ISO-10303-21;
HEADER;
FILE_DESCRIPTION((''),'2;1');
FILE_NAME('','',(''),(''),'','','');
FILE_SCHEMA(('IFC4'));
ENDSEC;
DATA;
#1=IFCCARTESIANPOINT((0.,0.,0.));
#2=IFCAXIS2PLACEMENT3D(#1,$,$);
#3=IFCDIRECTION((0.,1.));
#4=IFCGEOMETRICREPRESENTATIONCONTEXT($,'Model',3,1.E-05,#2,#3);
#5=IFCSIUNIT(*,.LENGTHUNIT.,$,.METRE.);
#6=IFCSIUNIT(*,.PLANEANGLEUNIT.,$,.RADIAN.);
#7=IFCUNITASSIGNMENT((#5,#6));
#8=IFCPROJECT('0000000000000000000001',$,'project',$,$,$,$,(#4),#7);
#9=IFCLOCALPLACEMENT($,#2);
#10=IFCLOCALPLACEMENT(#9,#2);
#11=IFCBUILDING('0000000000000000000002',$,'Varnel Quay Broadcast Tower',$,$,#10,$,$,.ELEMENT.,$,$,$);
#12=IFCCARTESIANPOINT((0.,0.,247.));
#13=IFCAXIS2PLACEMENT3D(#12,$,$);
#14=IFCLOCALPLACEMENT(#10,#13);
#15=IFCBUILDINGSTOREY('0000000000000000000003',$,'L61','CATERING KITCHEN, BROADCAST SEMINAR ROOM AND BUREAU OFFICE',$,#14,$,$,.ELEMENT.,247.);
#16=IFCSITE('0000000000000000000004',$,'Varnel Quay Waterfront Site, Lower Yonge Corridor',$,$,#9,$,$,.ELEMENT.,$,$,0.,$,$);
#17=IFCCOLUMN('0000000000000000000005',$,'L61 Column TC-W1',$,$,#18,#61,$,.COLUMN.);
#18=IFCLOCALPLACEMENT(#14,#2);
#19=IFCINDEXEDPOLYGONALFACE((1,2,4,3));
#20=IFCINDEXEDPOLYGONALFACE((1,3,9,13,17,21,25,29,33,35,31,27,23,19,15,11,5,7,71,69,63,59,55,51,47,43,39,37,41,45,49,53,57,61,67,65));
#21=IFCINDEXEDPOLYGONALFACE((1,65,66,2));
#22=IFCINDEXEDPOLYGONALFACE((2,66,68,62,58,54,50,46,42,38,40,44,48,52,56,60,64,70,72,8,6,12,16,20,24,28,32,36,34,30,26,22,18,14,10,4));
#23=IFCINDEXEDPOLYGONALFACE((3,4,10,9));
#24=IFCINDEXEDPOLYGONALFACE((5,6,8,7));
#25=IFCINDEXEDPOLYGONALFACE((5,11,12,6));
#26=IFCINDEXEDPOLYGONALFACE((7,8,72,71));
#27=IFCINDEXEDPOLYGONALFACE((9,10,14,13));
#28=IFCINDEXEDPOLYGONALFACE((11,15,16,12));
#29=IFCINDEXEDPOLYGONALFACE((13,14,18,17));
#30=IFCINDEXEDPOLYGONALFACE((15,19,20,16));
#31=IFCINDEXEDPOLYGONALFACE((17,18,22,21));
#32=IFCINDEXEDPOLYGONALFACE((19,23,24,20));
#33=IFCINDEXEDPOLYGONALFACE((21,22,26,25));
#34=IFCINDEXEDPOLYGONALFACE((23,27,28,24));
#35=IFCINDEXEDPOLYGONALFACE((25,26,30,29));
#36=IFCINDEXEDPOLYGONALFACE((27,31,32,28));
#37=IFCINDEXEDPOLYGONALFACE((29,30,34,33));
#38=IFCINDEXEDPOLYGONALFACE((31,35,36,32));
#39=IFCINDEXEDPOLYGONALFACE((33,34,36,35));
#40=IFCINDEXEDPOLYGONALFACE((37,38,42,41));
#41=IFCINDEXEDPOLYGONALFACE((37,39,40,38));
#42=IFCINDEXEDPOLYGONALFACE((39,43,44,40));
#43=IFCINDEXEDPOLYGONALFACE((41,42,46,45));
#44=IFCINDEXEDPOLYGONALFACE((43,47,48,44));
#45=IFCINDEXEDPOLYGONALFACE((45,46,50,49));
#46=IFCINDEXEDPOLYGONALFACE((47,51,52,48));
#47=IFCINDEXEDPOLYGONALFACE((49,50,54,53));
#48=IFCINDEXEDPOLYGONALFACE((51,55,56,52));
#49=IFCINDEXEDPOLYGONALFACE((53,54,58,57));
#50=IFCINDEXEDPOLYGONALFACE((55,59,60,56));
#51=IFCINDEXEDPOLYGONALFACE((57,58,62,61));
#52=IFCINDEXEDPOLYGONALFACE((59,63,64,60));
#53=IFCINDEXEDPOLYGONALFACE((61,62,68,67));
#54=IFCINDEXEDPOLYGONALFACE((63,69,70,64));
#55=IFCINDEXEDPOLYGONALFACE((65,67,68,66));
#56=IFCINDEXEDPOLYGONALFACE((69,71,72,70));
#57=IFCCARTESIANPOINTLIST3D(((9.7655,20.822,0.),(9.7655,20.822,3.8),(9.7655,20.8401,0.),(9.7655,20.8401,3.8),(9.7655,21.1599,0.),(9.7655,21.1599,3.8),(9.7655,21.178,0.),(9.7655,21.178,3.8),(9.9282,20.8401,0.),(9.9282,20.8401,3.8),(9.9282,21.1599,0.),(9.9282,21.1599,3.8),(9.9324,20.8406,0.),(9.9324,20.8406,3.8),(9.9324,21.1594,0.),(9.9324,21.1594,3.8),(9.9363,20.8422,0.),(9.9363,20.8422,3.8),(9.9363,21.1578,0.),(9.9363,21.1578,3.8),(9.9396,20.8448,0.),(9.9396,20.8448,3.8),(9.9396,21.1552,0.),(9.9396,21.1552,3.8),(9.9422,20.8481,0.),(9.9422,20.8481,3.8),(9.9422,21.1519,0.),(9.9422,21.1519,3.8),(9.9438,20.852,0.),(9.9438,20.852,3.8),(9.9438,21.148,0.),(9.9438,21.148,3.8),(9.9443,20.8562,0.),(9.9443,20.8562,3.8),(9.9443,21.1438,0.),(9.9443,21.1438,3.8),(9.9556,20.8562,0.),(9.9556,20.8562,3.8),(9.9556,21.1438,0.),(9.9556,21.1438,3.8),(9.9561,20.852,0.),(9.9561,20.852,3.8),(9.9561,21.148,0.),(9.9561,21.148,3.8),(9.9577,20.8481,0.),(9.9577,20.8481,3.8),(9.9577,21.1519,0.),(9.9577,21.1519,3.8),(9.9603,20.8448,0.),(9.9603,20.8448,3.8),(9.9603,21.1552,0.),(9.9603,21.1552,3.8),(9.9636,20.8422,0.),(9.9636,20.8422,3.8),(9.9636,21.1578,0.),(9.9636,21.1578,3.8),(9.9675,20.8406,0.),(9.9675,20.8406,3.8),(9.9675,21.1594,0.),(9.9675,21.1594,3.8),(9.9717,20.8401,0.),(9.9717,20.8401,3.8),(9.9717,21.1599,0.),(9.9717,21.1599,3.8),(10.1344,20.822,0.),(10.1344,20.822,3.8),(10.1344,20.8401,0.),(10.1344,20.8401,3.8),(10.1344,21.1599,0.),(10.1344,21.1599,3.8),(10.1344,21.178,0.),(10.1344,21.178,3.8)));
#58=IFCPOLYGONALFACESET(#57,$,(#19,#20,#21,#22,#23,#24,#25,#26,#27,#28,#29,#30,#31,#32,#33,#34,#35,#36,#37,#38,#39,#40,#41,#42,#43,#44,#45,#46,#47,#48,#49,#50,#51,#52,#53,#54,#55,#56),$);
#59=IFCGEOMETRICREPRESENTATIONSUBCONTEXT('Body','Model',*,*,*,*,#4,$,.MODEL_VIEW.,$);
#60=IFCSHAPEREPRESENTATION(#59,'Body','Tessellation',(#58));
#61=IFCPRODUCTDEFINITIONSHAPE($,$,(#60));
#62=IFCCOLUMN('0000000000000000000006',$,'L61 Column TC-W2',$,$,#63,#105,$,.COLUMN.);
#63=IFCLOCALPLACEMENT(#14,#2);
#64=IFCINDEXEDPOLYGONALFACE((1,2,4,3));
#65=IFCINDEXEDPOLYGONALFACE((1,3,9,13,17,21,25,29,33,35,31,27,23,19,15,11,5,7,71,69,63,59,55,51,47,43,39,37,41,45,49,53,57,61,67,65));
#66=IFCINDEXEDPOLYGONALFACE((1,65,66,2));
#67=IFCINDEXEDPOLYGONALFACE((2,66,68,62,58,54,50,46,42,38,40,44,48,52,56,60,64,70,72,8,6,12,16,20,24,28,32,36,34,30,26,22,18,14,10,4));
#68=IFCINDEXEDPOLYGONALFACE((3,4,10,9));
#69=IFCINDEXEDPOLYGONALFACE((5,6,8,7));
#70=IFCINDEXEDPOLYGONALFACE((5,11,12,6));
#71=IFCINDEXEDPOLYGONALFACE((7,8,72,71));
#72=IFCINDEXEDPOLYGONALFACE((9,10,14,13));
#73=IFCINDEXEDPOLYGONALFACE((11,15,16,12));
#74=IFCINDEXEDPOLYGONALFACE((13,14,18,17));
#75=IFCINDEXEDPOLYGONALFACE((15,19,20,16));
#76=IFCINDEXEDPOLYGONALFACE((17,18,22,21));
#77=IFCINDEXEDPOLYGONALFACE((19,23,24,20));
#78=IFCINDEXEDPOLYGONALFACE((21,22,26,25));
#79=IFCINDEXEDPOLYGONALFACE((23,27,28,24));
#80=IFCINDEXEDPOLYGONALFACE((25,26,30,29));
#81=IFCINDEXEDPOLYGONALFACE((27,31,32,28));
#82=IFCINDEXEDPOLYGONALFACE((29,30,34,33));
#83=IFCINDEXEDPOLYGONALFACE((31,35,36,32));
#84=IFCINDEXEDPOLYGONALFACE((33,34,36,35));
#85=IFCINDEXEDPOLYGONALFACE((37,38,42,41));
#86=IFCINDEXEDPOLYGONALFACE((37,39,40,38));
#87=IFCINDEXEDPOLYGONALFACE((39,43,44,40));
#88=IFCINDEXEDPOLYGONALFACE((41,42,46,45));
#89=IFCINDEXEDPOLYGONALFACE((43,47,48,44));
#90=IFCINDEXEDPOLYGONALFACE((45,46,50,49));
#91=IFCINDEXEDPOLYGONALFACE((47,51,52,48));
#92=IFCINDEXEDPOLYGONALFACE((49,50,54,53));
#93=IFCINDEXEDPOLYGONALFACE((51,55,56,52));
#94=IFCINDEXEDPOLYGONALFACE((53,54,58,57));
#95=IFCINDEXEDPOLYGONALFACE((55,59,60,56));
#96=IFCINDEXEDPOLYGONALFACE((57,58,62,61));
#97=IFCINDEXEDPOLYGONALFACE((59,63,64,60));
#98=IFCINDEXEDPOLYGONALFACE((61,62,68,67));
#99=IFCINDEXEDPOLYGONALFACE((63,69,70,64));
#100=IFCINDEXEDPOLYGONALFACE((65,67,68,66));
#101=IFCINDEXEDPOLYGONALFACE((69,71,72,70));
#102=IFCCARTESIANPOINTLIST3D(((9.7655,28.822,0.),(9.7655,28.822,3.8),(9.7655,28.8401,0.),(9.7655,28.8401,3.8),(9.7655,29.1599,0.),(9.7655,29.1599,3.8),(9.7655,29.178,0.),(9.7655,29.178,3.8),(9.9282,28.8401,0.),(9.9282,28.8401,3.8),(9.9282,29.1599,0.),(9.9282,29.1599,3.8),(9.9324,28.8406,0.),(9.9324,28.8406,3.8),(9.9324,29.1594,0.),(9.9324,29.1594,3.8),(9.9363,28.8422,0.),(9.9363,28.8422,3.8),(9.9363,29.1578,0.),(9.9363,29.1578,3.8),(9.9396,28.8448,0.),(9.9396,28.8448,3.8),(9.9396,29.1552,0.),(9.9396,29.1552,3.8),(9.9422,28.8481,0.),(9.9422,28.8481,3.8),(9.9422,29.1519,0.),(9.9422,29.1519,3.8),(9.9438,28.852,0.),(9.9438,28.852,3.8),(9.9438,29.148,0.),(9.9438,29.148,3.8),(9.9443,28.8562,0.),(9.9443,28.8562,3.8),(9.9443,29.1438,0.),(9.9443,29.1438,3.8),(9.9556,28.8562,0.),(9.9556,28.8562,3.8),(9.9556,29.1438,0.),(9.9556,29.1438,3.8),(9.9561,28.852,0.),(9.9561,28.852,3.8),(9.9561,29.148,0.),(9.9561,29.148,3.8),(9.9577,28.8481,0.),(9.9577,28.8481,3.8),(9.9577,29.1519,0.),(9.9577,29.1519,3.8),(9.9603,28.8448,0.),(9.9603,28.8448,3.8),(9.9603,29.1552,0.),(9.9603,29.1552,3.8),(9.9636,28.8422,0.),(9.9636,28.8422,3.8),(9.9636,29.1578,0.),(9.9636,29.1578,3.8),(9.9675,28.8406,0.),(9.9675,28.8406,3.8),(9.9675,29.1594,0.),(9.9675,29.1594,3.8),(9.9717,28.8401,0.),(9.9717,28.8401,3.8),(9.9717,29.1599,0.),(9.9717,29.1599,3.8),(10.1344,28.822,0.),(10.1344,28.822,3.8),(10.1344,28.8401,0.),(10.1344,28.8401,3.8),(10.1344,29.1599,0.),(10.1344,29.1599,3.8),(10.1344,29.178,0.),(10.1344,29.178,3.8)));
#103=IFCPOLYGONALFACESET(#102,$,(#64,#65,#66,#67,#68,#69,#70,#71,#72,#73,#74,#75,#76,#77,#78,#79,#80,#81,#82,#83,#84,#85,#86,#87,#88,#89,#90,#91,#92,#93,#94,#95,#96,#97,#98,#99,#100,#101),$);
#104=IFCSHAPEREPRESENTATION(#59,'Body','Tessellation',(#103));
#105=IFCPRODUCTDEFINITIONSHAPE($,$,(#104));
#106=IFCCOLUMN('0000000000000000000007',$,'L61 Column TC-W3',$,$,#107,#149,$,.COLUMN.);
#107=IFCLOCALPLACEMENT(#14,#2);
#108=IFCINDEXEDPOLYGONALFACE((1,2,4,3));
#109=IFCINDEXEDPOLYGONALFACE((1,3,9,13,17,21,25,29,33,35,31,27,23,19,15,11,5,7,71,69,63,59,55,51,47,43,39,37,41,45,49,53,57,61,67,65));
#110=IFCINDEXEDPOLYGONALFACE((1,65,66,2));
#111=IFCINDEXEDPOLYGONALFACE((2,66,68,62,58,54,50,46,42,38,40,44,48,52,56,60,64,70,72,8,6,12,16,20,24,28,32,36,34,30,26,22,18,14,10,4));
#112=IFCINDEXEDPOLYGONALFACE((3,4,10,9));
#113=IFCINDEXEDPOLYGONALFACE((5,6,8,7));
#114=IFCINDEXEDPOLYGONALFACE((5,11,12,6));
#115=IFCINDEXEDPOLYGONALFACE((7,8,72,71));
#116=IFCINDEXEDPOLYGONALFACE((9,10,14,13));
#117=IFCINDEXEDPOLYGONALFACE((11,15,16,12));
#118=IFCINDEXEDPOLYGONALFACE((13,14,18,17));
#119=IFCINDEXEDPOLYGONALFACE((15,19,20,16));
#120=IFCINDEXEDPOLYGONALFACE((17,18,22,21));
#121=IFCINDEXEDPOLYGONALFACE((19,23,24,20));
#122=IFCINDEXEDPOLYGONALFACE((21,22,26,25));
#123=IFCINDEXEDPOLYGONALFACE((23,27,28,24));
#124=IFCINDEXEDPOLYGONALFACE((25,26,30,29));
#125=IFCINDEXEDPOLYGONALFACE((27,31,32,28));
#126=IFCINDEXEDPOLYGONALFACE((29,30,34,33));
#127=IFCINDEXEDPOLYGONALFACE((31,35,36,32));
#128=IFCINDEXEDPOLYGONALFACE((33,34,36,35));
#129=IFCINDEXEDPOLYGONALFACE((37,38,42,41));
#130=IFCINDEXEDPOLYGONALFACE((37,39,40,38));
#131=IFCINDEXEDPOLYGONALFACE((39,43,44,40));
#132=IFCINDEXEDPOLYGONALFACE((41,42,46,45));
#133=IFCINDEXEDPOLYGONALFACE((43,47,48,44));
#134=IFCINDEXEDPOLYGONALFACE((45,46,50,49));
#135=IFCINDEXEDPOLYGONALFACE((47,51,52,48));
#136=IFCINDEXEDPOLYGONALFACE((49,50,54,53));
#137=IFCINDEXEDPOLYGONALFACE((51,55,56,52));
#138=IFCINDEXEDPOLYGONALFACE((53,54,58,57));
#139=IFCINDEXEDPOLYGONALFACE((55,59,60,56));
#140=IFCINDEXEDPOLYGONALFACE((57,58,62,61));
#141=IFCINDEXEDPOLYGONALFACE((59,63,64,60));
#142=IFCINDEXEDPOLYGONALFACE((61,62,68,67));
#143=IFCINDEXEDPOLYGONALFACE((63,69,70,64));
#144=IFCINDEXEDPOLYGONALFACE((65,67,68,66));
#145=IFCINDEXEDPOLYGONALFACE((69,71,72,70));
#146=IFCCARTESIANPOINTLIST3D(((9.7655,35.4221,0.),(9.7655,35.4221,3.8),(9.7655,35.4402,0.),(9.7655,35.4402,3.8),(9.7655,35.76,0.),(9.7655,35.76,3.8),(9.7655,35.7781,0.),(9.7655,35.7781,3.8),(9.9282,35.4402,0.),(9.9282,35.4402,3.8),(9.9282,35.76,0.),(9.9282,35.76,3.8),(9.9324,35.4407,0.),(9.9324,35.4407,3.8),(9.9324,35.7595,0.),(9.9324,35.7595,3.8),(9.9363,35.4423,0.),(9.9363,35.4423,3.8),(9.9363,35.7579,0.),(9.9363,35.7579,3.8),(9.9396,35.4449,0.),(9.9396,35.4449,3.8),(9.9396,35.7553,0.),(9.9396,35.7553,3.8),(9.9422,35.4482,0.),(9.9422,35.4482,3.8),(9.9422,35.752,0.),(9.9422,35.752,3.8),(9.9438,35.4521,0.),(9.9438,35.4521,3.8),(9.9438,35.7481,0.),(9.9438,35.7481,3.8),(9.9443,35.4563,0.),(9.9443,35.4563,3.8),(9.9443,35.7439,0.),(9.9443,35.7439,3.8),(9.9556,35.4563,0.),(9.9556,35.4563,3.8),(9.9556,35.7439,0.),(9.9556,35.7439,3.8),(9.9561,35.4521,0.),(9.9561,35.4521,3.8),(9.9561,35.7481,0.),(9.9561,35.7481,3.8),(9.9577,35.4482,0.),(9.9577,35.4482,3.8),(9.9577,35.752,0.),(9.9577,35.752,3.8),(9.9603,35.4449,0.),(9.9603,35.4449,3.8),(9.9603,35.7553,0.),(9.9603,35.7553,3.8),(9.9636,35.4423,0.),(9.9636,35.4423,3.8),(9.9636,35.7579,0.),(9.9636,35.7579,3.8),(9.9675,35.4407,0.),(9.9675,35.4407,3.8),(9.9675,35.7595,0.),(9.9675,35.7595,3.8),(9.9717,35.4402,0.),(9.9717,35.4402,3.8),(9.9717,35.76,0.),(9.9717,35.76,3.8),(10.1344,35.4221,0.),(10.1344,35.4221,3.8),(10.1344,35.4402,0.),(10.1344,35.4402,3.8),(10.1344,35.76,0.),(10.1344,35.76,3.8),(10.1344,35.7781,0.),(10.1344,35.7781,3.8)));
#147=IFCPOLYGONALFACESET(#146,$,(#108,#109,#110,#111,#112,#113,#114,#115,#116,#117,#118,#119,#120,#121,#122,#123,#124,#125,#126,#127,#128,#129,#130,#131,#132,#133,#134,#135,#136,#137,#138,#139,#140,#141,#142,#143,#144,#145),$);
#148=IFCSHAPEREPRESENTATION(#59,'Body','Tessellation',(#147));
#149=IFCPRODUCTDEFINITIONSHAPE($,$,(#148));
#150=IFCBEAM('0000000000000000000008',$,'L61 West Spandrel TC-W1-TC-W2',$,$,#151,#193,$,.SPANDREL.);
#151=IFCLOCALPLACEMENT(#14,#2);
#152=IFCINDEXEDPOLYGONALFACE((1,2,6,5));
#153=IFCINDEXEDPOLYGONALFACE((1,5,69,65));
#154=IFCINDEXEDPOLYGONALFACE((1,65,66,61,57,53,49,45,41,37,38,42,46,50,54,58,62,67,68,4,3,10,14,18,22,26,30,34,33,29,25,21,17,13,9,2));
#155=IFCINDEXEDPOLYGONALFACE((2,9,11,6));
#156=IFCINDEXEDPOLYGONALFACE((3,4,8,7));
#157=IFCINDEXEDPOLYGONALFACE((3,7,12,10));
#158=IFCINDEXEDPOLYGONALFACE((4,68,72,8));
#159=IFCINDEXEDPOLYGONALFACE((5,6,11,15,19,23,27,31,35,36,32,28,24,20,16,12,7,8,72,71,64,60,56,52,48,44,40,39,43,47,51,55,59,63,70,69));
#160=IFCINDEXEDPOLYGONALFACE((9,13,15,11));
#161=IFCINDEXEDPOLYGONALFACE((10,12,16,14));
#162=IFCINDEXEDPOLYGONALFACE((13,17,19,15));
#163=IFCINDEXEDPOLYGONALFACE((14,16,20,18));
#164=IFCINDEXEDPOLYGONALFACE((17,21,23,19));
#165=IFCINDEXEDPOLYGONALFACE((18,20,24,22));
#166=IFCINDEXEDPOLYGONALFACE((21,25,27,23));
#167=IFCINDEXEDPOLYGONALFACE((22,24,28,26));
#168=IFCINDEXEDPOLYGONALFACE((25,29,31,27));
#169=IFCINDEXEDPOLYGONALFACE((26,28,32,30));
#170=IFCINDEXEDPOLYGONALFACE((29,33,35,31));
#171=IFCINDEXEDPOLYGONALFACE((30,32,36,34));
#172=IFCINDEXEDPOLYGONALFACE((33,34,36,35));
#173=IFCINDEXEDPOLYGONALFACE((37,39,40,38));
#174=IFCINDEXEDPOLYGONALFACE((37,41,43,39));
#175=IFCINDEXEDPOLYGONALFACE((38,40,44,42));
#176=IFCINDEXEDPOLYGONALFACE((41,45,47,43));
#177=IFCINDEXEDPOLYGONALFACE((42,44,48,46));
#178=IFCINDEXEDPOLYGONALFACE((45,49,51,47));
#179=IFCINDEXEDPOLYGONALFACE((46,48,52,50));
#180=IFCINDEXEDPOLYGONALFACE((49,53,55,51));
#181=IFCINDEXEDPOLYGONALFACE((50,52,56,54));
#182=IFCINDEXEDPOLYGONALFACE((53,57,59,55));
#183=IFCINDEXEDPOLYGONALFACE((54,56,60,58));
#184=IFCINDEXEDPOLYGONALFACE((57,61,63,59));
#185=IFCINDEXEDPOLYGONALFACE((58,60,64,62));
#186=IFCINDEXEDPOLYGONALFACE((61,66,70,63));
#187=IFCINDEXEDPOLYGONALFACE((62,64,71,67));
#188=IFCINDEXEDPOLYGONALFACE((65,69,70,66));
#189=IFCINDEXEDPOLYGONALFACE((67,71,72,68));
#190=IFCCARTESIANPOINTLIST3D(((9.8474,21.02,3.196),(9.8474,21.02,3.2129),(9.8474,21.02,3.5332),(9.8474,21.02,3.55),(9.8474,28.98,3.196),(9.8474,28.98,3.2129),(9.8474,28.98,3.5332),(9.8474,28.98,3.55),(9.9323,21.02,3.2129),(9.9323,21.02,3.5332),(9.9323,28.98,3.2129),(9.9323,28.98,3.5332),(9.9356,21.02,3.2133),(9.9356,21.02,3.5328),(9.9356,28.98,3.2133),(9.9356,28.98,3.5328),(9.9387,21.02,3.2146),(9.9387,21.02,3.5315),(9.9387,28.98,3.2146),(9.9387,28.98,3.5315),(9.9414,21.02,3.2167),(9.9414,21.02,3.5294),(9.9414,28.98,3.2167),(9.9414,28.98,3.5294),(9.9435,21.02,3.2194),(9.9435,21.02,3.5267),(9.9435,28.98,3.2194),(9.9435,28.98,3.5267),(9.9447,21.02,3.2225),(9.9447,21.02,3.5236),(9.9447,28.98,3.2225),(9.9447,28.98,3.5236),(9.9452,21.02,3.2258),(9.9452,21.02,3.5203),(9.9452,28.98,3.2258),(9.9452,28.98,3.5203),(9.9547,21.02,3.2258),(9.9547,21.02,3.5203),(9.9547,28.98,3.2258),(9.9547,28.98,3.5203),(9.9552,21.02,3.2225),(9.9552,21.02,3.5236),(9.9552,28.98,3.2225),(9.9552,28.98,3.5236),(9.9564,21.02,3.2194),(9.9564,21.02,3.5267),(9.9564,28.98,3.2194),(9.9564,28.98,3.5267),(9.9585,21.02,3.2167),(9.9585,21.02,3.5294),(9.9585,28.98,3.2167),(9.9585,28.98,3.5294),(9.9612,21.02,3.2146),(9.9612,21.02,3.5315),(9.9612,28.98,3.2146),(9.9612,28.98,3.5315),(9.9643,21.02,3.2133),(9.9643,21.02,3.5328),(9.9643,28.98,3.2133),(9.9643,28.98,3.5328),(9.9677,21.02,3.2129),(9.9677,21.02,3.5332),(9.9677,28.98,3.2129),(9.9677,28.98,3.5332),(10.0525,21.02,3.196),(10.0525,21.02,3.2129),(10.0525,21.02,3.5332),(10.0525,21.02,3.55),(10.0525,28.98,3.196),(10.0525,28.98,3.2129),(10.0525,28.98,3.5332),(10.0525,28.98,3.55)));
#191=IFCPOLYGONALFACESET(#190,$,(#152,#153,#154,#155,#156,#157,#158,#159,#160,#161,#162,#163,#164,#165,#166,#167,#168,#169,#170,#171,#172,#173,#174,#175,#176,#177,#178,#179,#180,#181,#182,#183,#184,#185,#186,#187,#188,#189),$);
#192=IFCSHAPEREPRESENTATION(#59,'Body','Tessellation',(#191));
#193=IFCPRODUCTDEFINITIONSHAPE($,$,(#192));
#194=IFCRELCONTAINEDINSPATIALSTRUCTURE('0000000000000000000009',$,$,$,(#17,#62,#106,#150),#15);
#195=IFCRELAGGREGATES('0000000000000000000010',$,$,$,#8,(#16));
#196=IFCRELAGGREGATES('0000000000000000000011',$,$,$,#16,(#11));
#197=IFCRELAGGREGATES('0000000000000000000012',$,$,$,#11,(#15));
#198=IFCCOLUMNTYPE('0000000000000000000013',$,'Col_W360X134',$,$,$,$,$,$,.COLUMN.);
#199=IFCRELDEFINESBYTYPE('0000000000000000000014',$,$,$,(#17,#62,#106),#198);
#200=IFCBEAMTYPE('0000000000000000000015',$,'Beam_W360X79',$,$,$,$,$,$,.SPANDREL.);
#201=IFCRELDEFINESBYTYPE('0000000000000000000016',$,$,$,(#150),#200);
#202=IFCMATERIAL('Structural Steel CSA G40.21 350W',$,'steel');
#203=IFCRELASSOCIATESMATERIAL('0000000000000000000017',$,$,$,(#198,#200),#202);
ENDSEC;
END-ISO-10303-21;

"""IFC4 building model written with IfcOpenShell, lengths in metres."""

from ifc_helpers import new_model, si_unit, direction, frame, origin, origin_2d, place, context, subcontext, project, spatial, i_section, extrude, source, transform, mapped, material, material_profile, profile_set, type_object, type_shapes, element, save


model = new_model("IFC4")

# Units and contexts
model_context = context("Model", 3, precision=1e-05, world=origin(), true_north=direction((0.0, 1.0)))
body_context = subcontext(model_context, "Body", "Model", "MODEL_VIEW")
ifc_project = project(units=[si_unit("LENGTHUNIT", "METRE"), si_unit("PLANEANGLEUNIT", "RADIAN")], contexts=[model_context])

# Site, building, storey
site_placement = place(None, origin())
site = spatial("IfcSite", under=ifc_project, at=site_placement, Name="Varnel Quay Waterfront Site, Lower Yonge Corridor", CompositionType="ELEMENT", RefElevation=0.0)
building_placement = place(site_placement, origin())
building = spatial("IfcBuilding", under=site, at=building_placement, Name="Varnel Quay Broadcast Tower", CompositionType="ELEMENT")
storey_placement = place(building_placement, frame((0.0, 0.0, 247.0)))
storey = spatial("IfcBuildingStorey", under=building, at=storey_placement, Name="L61", Description="CATERING KITCHEN, BROADCAST SEMINAR ROOM AND BUREAU OFFICE", CompositionType="ELEMENT", Elevation=247.0)

# Columns
ifc_material_1 = material(Name="Structural Steel CSA G40.21 350W", Category="steel")
ifc_material_profile_1 = material_profile(ifc_material_1, i_section(OverallWidth=0.3689, OverallDepth=0.356, WebThickness=0.0112, FlangeThickness=0.0181, FilletRadius=0.0161, at=origin_2d()), Name="W360X134")
ifc_profile_set_1 = profile_set([ifc_material_profile_1], Name="Structural Steel CSA G40.21 350W")
column_type = type_object("IfcColumnType", Name="Col_W360X134", PredefinedType="COLUMN", material=ifc_profile_set_1)
shared_shape_1 = source(origin(), body_context, "Body", "SweptSolid", [
    extrude(i_section(OverallWidth=0.3689, OverallDepth=0.356, WebThickness=0.0112, FlangeThickness=0.0181, FilletRadius=0.0161, at=origin_2d()), origin(), (0.0, 0.0, 1.0), 3.8),
])
type_shapes(column_type, [shared_shape_1])
for number, where, z_axis, x_axis, name in (
    (1, (9.95, 21.0, 0.0), (0.0, 0.0, 1.0), (1.0, 0.0, 0.0), "L61 Column TC-W1"),
    (2, (9.95, 29.0, 0.0), (0.0, 0.0, 1.0), (1.0, 0.0, 0.0), "L61 Column TC-W2"),
    (3, (9.95, 35.6001, 0.0), (0.0, 0.0, 1.0), (1.0, 0.0, 0.0), "L61 Column TC-W3"),
):
    element("IfcColumn", number, at=place(storey_placement, frame(where, z_axis=z_axis, x_axis=x_axis)), inside=storey, type_object=column_type, Name=name, PredefinedType="COLUMN", context=body_context, shape_type="MappedRepresentation", body=[
        mapped(shared_shape_1, transform((0.0, 0.0, 0.0), x_axis=(1.0, 0.0, 0.0), y_axis=(0.0, 1.0, 0.0), z_axis=(0.0, 0.0, 1.0), scale=1.0)),
    ])

# Beam
ifc_material_profile_2 = material_profile(ifc_material_1, i_section(OverallWidth=0.2051, OverallDepth=0.354, WebThickness=0.0095, FlangeThickness=0.0168, FilletRadius=0.0129, at=origin_2d()), Name="W360X79")
ifc_profile_set_2 = profile_set([ifc_material_profile_2], Name="Structural Steel CSA G40.21 350W")
beam_type = type_object("IfcBeamType", Name="Beam_W360X79", PredefinedType="SPANDREL", material=ifc_profile_set_2)
shared_shape_2 = source(origin(), body_context, "Body", "SweptSolid", [
    extrude(i_section(OverallWidth=0.2051, OverallDepth=0.354, WebThickness=0.0095, FlangeThickness=0.0168, FilletRadius=0.0129, at=origin_2d()), origin(), (0.0, 0.0, 1.0), 7.96),
])
beam_1_placement = place(storey_placement, frame((9.95, 21.02, 3.373), z_axis=(0.0, 1.0, 0.0), x_axis=(-1.0, 0.0, 0.0)))
element("IfcBeam", 4, at=beam_1_placement, inside=storey, type_object=beam_type, Name="L61 West Spandrel TC-W1-TC-W2", PredefinedType="SPANDREL", context=body_context, shape_type="MappedRepresentation", body=[
    mapped(shared_shape_2, transform((0.0, 0.0, 0.0), x_axis=(1.0, 0.0, 0.0), y_axis=(0.0, 1.0, 0.0), z_axis=(0.0, 0.0, 1.0), scale=1.0)),
])

save(model, "model.ifc")
